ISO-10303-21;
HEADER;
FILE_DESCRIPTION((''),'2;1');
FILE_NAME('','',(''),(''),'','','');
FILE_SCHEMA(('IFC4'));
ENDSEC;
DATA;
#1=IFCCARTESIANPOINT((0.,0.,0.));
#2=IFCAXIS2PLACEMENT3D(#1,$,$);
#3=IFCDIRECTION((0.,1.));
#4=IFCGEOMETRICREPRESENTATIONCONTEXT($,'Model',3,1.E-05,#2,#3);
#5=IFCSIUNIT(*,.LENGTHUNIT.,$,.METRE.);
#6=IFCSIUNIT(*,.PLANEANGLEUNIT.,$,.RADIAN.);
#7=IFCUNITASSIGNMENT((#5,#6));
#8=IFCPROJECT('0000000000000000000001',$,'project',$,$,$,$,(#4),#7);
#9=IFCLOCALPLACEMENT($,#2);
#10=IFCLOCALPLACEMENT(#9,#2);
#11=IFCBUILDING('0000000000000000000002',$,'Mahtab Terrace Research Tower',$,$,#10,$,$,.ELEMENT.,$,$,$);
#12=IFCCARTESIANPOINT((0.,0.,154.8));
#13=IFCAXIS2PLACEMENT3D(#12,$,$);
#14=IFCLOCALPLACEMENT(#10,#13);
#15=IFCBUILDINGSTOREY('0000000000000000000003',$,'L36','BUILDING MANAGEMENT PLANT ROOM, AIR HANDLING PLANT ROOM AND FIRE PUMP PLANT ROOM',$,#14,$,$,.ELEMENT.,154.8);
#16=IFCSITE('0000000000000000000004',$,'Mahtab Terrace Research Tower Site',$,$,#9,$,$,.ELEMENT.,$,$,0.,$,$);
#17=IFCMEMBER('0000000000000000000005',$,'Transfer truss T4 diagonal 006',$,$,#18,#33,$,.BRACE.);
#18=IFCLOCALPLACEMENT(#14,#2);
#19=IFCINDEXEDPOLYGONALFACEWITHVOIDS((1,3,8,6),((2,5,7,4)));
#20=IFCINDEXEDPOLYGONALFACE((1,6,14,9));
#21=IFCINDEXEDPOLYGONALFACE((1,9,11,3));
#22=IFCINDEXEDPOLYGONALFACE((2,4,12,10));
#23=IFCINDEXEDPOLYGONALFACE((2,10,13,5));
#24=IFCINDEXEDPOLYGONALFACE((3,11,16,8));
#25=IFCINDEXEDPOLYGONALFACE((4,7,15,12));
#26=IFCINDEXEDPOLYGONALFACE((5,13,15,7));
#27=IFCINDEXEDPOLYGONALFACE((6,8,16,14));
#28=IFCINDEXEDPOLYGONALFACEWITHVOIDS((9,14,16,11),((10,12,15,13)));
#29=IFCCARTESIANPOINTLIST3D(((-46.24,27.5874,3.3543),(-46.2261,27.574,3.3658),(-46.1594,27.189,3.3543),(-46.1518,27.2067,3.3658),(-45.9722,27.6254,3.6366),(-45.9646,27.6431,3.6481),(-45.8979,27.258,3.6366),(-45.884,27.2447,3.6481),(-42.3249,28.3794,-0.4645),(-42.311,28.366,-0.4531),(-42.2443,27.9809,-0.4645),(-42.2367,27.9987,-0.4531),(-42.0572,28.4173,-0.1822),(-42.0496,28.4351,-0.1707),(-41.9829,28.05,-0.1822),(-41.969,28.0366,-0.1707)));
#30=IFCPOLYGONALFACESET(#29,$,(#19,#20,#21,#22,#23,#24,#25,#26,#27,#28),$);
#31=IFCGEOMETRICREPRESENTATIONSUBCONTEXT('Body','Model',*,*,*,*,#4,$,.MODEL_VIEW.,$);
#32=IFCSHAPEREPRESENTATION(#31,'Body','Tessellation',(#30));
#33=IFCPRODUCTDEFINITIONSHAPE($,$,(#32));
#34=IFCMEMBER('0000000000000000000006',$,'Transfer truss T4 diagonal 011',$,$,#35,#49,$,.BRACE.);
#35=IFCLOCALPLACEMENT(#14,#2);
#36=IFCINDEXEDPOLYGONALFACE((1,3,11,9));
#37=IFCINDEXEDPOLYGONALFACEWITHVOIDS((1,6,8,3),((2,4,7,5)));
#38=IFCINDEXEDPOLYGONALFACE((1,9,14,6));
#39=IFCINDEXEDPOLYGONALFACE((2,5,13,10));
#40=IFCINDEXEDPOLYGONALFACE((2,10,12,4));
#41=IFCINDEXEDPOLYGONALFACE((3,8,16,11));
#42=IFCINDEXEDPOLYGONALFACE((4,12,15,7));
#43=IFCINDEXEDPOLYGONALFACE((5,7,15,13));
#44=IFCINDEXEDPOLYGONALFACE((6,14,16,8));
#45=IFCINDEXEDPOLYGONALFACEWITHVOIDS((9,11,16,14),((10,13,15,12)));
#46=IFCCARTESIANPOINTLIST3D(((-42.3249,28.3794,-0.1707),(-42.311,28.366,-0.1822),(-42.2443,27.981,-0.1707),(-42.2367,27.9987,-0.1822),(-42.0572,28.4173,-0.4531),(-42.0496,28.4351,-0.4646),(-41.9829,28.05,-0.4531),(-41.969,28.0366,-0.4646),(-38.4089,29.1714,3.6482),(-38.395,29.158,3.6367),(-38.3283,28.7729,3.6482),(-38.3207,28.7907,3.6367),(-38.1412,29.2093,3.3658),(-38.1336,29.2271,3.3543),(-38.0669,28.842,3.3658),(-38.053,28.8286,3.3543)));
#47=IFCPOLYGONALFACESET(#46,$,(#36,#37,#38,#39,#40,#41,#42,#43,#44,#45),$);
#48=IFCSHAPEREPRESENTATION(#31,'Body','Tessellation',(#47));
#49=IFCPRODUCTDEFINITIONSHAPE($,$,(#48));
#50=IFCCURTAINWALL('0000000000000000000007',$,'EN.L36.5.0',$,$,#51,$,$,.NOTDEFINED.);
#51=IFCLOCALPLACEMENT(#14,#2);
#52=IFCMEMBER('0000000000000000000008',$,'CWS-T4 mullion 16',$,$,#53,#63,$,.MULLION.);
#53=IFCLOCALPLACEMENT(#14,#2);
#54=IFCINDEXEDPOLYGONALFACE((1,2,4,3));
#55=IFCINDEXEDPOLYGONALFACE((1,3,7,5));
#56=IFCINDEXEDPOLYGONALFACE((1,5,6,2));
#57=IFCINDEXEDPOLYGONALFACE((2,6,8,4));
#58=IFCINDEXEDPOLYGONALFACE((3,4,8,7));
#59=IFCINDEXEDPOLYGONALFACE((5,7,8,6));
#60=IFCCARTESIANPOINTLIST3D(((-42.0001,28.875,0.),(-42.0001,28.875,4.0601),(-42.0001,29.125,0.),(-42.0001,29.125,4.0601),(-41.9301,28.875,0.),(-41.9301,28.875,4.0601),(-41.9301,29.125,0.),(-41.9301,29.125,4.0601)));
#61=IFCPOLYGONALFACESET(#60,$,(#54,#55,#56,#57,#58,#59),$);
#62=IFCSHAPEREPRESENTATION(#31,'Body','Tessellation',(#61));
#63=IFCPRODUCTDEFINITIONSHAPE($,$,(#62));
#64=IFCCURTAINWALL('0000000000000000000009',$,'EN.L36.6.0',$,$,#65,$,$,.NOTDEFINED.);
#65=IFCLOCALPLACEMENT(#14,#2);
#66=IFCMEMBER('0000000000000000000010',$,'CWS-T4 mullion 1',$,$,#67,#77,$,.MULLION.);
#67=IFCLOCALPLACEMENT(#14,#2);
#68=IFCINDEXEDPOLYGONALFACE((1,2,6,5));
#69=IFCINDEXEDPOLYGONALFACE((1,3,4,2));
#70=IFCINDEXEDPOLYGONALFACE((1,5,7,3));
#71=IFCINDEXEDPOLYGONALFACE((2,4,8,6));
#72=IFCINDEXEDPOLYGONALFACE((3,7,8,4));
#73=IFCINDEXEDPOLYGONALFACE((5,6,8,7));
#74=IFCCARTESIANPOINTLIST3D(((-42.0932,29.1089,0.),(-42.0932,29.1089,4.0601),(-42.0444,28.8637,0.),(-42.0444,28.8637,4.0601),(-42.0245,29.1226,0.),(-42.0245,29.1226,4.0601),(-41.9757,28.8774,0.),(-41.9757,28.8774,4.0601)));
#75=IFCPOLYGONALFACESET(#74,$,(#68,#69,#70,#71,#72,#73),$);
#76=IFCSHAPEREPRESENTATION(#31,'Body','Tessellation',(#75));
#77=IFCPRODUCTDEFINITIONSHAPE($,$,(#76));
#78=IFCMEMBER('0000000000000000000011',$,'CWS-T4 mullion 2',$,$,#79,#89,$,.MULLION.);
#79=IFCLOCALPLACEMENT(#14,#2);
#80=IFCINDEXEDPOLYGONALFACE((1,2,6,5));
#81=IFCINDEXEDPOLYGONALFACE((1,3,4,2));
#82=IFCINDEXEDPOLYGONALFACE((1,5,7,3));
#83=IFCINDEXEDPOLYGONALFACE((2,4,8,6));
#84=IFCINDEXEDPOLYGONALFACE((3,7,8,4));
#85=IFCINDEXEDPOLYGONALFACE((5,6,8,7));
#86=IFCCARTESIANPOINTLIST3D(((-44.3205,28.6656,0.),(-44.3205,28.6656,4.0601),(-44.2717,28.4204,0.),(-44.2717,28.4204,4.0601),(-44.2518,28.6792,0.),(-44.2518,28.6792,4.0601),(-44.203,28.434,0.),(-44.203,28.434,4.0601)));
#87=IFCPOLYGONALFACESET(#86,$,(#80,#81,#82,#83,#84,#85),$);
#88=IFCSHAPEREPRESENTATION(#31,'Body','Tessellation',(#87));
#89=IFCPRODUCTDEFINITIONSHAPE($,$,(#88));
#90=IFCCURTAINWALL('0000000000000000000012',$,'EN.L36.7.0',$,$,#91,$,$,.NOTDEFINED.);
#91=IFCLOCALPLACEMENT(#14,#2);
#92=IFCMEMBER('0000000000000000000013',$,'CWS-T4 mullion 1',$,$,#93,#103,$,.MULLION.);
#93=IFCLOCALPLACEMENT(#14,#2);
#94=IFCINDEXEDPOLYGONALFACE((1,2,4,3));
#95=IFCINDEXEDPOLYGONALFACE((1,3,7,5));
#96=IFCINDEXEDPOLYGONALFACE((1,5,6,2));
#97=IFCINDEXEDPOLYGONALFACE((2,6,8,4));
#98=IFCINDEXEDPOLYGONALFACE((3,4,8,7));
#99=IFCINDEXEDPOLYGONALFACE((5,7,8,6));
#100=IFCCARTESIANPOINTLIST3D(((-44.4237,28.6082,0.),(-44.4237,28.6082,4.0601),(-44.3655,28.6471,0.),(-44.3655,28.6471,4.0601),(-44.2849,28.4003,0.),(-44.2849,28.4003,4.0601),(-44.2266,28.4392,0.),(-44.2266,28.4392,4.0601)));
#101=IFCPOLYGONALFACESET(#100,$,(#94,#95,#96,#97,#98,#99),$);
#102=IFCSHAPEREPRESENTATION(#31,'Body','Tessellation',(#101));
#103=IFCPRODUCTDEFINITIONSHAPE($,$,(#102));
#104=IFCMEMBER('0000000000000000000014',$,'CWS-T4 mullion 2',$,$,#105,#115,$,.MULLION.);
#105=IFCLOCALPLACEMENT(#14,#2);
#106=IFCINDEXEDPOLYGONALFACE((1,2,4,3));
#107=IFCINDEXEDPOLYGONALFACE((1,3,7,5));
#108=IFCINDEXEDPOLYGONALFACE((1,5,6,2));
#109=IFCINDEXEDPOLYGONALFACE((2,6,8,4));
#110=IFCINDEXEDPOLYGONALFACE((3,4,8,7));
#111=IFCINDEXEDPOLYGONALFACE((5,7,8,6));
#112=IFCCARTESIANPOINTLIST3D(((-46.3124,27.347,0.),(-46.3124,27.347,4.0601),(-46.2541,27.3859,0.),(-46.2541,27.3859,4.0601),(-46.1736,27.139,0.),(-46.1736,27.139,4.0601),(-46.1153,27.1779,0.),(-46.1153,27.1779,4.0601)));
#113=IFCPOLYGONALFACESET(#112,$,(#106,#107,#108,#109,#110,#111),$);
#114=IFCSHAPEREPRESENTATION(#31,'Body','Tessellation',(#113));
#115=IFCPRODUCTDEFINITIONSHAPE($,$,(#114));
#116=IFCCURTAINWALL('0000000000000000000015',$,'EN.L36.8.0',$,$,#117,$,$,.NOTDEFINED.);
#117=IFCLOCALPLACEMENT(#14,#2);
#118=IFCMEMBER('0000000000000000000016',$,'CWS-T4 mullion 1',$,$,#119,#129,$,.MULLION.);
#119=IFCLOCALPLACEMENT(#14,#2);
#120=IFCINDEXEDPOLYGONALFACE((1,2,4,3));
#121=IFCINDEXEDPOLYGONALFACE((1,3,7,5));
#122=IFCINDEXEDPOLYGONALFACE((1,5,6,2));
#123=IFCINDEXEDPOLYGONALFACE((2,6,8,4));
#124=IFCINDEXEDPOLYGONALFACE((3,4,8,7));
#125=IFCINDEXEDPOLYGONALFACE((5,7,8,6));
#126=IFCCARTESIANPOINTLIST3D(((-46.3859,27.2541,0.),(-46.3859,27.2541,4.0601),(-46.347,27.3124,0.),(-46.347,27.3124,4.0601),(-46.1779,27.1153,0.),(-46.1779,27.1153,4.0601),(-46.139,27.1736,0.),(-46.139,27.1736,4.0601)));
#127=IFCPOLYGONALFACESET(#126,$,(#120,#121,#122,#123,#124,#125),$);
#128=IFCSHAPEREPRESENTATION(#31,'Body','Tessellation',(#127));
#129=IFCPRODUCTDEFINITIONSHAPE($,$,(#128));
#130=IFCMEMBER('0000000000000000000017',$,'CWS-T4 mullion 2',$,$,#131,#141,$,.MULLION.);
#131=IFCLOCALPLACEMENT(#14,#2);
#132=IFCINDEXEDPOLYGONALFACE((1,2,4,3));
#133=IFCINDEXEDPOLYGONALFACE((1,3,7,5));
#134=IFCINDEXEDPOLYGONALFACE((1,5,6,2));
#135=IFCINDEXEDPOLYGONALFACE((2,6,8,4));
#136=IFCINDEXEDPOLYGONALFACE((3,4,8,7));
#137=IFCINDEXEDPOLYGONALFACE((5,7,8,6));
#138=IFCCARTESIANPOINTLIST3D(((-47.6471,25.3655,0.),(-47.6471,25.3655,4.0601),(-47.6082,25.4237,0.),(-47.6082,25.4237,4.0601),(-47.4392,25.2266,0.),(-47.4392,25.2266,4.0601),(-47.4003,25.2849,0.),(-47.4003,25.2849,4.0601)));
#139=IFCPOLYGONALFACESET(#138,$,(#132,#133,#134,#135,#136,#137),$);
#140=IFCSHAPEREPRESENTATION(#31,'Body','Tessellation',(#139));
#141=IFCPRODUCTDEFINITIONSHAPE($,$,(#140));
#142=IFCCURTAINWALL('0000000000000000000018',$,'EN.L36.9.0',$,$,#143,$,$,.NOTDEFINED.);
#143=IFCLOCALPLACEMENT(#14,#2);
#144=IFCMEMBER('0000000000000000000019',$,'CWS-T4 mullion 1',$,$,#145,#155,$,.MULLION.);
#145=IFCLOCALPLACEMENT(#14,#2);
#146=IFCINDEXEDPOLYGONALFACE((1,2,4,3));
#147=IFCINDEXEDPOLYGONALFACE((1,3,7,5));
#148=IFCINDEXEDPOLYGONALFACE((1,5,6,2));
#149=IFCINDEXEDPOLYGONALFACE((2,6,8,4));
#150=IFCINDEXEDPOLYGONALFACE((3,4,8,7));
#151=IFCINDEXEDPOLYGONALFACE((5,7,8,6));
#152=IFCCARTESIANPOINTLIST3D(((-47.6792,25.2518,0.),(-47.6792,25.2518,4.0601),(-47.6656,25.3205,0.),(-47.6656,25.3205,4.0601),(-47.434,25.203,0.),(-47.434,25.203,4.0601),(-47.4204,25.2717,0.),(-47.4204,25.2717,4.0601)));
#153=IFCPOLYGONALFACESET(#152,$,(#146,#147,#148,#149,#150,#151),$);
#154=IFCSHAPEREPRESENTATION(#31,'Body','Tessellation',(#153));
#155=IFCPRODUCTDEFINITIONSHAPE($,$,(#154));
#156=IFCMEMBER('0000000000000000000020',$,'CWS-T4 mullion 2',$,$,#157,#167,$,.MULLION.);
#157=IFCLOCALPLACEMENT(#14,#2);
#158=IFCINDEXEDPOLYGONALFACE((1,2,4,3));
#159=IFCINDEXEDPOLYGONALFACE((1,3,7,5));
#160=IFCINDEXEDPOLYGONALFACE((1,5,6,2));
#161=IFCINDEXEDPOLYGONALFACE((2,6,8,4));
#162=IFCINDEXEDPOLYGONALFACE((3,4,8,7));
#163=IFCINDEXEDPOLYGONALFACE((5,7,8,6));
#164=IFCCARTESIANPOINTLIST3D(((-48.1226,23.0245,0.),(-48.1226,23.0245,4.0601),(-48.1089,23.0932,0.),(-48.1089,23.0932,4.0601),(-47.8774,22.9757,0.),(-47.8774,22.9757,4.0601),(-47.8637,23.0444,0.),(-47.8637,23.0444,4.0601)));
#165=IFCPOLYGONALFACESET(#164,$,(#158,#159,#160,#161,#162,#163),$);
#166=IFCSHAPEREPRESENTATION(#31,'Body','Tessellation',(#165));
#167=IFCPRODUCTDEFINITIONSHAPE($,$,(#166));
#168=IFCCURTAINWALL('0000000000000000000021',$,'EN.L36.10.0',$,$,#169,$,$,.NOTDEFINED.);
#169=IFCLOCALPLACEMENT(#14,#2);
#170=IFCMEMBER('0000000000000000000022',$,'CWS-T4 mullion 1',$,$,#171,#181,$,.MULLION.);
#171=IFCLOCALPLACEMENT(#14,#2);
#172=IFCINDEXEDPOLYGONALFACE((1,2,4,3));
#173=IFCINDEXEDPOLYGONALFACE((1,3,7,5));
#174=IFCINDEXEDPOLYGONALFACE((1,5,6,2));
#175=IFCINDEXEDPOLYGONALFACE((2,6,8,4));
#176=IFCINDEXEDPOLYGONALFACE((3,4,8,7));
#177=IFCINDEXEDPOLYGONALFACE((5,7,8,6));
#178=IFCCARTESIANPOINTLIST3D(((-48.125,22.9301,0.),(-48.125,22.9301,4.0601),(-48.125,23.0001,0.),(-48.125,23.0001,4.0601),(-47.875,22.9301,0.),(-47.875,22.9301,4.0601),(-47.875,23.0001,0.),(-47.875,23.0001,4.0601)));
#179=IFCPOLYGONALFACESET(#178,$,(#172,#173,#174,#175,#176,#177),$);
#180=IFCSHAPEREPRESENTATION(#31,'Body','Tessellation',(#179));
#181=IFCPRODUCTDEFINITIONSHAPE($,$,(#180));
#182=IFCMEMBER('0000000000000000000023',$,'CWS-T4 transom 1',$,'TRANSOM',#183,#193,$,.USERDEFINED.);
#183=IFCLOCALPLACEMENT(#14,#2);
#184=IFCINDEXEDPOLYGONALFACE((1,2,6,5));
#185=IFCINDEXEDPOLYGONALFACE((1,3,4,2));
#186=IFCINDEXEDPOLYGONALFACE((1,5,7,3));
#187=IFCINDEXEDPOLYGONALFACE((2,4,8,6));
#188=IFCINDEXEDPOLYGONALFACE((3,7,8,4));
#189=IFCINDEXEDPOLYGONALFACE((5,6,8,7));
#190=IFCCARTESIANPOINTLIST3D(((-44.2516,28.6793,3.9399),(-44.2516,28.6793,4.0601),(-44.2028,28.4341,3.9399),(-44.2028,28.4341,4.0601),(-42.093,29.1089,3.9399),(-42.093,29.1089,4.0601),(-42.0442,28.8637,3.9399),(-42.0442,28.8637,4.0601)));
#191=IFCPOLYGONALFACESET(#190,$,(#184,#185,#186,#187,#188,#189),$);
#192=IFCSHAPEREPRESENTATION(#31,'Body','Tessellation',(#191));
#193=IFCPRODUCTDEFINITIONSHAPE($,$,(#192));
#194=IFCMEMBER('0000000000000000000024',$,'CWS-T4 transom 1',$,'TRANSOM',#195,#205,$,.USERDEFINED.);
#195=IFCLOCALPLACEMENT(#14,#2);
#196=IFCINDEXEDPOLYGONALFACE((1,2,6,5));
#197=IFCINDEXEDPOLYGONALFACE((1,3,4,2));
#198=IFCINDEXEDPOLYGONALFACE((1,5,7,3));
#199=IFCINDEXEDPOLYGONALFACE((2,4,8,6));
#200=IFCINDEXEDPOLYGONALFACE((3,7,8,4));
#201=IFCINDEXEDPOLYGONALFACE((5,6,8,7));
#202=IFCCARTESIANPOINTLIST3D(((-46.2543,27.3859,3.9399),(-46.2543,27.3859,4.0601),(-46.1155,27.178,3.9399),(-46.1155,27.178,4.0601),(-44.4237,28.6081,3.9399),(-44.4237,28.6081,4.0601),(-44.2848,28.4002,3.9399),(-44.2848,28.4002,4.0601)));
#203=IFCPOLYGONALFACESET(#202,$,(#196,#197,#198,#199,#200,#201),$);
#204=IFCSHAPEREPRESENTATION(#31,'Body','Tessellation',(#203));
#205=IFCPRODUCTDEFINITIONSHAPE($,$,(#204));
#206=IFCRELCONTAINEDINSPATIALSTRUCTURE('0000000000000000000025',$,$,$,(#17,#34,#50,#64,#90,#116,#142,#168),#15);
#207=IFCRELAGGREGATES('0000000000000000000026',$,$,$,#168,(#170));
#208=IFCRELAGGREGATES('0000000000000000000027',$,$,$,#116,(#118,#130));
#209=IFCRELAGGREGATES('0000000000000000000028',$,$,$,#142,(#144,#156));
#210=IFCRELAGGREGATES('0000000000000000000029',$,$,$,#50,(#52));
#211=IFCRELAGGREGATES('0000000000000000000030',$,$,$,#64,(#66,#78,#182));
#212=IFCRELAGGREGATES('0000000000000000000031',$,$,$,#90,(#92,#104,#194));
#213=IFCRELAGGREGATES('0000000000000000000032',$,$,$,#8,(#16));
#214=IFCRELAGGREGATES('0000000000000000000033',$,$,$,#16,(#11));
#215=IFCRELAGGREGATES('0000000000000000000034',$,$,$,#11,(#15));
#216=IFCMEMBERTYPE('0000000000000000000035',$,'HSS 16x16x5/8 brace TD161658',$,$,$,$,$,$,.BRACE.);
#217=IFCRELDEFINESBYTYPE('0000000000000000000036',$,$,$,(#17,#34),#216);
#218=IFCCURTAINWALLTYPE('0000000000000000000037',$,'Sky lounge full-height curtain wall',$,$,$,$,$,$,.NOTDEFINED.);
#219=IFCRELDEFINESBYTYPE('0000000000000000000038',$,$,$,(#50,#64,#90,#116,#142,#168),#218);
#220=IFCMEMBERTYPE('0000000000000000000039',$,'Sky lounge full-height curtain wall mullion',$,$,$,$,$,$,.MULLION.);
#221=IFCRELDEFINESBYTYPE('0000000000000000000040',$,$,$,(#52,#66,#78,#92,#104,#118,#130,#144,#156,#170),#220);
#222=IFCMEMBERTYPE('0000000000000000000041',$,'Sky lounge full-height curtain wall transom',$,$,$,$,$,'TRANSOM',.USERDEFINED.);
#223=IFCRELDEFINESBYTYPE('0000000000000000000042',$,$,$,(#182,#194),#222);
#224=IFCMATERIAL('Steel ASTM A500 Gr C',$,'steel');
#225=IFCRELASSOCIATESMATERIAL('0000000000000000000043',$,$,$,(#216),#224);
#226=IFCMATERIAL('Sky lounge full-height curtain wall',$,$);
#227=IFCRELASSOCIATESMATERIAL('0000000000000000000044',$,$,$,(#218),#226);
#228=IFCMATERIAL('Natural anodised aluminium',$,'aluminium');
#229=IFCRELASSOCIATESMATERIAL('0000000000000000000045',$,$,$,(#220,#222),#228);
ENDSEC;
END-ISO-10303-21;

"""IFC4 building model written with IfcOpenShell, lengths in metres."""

from ifc_helpers import new_model, si_unit, direction, frame, origin, origin_2d, place, context, subcontext, project, spatial, rectangle, hollow_rectangle, extrude, material, material_profile, profile_set, type_object, element, aggregate, save


model = new_model("IFC4")

# Units and contexts
model_context = context("Model", 3, precision=1e-05, world=origin(), true_north=direction((0.0, 1.0)))
body_context = subcontext(model_context, "Body", "Model", "MODEL_VIEW")
ifc_project = project(units=[si_unit("LENGTHUNIT", "METRE"), si_unit("PLANEANGLEUNIT", "RADIAN")], contexts=[model_context])

# Site, building, storey
site_placement = place(None, origin())
site = spatial("IfcSite", under=ifc_project, at=site_placement, Name="Mahtab Terrace Research Tower Site", CompositionType="ELEMENT", RefElevation=0.0)
building_placement = place(site_placement, origin())
building = spatial("IfcBuilding", under=site, at=building_placement, Name="Mahtab Terrace Research Tower", CompositionType="ELEMENT")
storey_placement = place(building_placement, frame((0.0, 0.0, 154.8)))
storey = spatial("IfcBuildingStorey", under=building, at=storey_placement, Name="L36", Description="BUILDING MANAGEMENT PLANT ROOM, AIR HANDLING PLANT ROOM AND FIRE PUMP PLANT ROOM", CompositionType="ELEMENT", Elevation=154.8)

# Members
ifc_material_1 = material(Name="Steel ASTM A500 Gr C", Category="steel")
ifc_material_profile_1 = material_profile(ifc_material_1, hollow_rectangle(XDim=0.4065, YDim=0.4065, WallThickness=0.0159, at=origin_2d()), Name="HSS16X16X5/8")
ifc_profile_set_1 = profile_set([ifc_material_profile_1], Name="Steel ASTM A500 Gr C")
member_type_1 = type_object("IfcMemberType", Name="HSS 16x16x5/8 brace TD161658", PredefinedType="BRACE", material=ifc_profile_set_1)
member_1_placement = place(storey_placement, frame((-42.147, 28.208, -0.3176), z_axis=(-0.708456, -0.143317, 0.69105), x_axis=(0.198278, -0.980146, 0.0)))
element("IfcMember", 1, at=member_1_placement, inside=storey, type_object=member_type_1, Name="Transfer truss T4 diagonal 006", PredefinedType="BRACE", context=body_context, shape_type="SweptSolid", body=[
    extrude(hollow_rectangle(XDim=0.4065, YDim=0.4065, WallThickness=0.0159, at=origin_2d()), origin(), (0.0, 0.0, 1.0), 5.5261),
])
member_2_placement = place(storey_placement, frame((-42.147, 28.208, -0.3176), z_axis=(0.708544, 0.143299, 0.690963), x_axis=(-0.198231, 0.980155, 0.0)))
element("IfcMember", 2, at=member_2_placement, inside=storey, type_object=member_type_1, Name="Transfer truss T4 diagonal 011", PredefinedType="BRACE", context=body_context, shape_type="SweptSolid", body=[
    extrude(hollow_rectangle(XDim=0.4065, YDim=0.4065, WallThickness=0.0159, at=origin_2d()), origin(), (0.0, 0.0, 1.0), 5.5269),
])

# Curtain wall, member
ifc_material_2 = material(Name="Sky lounge full-height curtain wall")
curtain_wall_type = type_object("IfcCurtainWallType", Name="Sky lounge full-height curtain wall", PredefinedType="NOTDEFINED", material=ifc_material_2)
curtain_wall_1_placement = place(storey_placement, origin())
curtain_wall_1 = element("IfcCurtainWall", 3, at=curtain_wall_1_placement, inside=storey, type_object=curtain_wall_type, Name="EN.L36.5.0", PredefinedType="NOTDEFINED")
ifc_material_3 = material(Name="Natural anodised aluminium", Category="aluminium")
ifc_material_profile_2 = material_profile(ifc_material_3, rectangle(XDim=0.25, YDim=0.0701, at=origin_2d()), Name="MULLION 70x250")
ifc_profile_set_2 = profile_set([ifc_material_profile_2], Name="Natural anodised aluminium")
member_type_2 = type_object("IfcMemberType", Name="Sky lounge full-height curtain wall mullion", PredefinedType="MULLION", material=ifc_profile_set_2)
member_3_placement = place(storey_placement, frame((-41.9651, 29.0, 0.0), z_axis=(0.0, 0.0, 1.0), x_axis=(0.0, -1.0, 0.0)))
member_3 = element("IfcMember", 4, at=member_3_placement, type_object=member_type_2, Name="CWS-T4 mullion 16", PredefinedType="MULLION", context=body_context, shape_type="SweptSolid", body=[
    extrude(rectangle(XDim=0.25, YDim=0.0701, at=origin_2d()), origin(), (0.0, 0.0, 1.0), 4.0601),
])

# Curtain walls, members
curtain_wall_2_placement = place(storey_placement, origin())
curtain_wall_2 = element("IfcCurtainWall", 5, at=curtain_wall_2_placement, inside=storey, type_object=curtain_wall_type, Name="EN.L36.6.0", PredefinedType="NOTDEFINED")
member_4_placement = place(storey_placement, frame((-42.0344, 28.9932, 0.0), z_axis=(0.0, 0.0, 1.0), x_axis=(0.195212, -0.980761, 0.0)))
member_4 = element("IfcMember", 6, at=member_4_placement, type_object=member_type_2, Name="CWS-T4 mullion 1", PredefinedType="MULLION", context=body_context, shape_type="SweptSolid", body=[
    extrude(rectangle(XDim=0.25, YDim=0.0701, at=origin_2d()), origin(), (0.0, 0.0, 1.0), 4.0601),
])
member_5_placement = place(storey_placement, frame((-44.2617, 28.5498, 0.0), z_axis=(0.0, 0.0, 1.0), x_axis=(0.195212, -0.980761, 0.0)))
member_5 = element("IfcMember", 7, at=member_5_placement, type_object=member_type_2, Name="CWS-T4 mullion 2", PredefinedType="MULLION", context=body_context, shape_type="SweptSolid", body=[
    extrude(rectangle(XDim=0.25, YDim=0.0701, at=origin_2d()), origin(), (0.0, 0.0, 1.0), 4.0601),
])
curtain_wall_3_placement = place(storey_placement, origin())
curtain_wall_3 = element("IfcCurtainWall", 8, at=curtain_wall_3_placement, inside=storey, type_object=curtain_wall_type, Name="EN.L36.7.0", PredefinedType="NOTDEFINED")
member_6_placement = place(storey_placement, frame((-44.3252, 28.5237, 0.0), z_axis=(0.0, 0.0, 1.0), x_axis=(0.555291, -0.831656, 0.0)))
member_6 = element("IfcMember", 9, at=member_6_placement, type_object=member_type_2, Name="CWS-T4 mullion 1", PredefinedType="MULLION", context=body_context, shape_type="SweptSolid", body=[
    extrude(rectangle(XDim=0.25, YDim=0.0701, at=origin_2d()), origin(), (0.0, 0.0, 1.0), 4.0601),
])
member_7_placement = place(storey_placement, frame((-46.2139, 27.2625, 0.0), z_axis=(0.0, 0.0, 1.0), x_axis=(0.555291, -0.831656, 0.0)))
member_7 = element("IfcMember", 10, at=member_7_placement, type_object=member_type_2, Name="CWS-T4 mullion 2", PredefinedType="MULLION", context=body_context, shape_type="SweptSolid", body=[
    extrude(rectangle(XDim=0.25, YDim=0.0701, at=origin_2d()), origin(), (0.0, 0.0, 1.0), 4.0601),
])
curtain_wall_4_placement = place(storey_placement, origin())
curtain_wall_4 = element("IfcCurtainWall", 11, at=curtain_wall_4_placement, inside=storey, type_object=curtain_wall_type, Name="EN.L36.8.0", PredefinedType="NOTDEFINED")
member_8_placement = place(storey_placement, frame((-46.2625, 27.2139, 0.0), z_axis=(0.0, 0.0, 1.0), x_axis=(0.831656, -0.555291, 0.0)))
member_8 = element("IfcMember", 12, at=member_8_placement, type_object=member_type_2, Name="CWS-T4 mullion 1", PredefinedType="MULLION", context=body_context, shape_type="SweptSolid", body=[
    extrude(rectangle(XDim=0.25, YDim=0.0701, at=origin_2d()), origin(), (0.0, 0.0, 1.0), 4.0601),
])
member_9_placement = place(storey_placement, frame((-47.5237, 25.3252, 0.0), z_axis=(0.0, 0.0, 1.0), x_axis=(0.831656, -0.555291, 0.0)))
member_9 = element("IfcMember", 13, at=member_9_placement, type_object=member_type_2, Name="CWS-T4 mullion 2", PredefinedType="MULLION", context=body_context, shape_type="SweptSolid", body=[
    extrude(rectangle(XDim=0.25, YDim=0.0701, at=origin_2d()), origin(), (0.0, 0.0, 1.0), 4.0601),
])
curtain_wall_5_placement = place(storey_placement, origin())
curtain_wall_5 = element("IfcCurtainWall", 14, at=curtain_wall_5_placement, inside=storey, type_object=curtain_wall_type, Name="EN.L36.9.0", PredefinedType="NOTDEFINED")
member_10_placement = place(storey_placement, frame((-47.5498, 25.2617, 0.0), z_axis=(0.0, 0.0, 1.0), x_axis=(0.980761, -0.195212, 0.0)))
member_10 = element("IfcMember", 15, at=member_10_placement, type_object=member_type_2, Name="CWS-T4 mullion 1", PredefinedType="MULLION", context=body_context, shape_type="SweptSolid", body=[
    extrude(rectangle(XDim=0.25, YDim=0.0701, at=origin_2d()), origin(), (0.0, 0.0, 1.0), 4.0601),
])
member_11_placement = place(storey_placement, frame((-47.9932, 23.0344, 0.0), z_axis=(0.0, 0.0, 1.0), x_axis=(0.980761, -0.195212, 0.0)))
member_11 = element("IfcMember", 16, at=member_11_placement, type_object=member_type_2, Name="CWS-T4 mullion 2", PredefinedType="MULLION", context=body_context, shape_type="SweptSolid", body=[
    extrude(rectangle(XDim=0.25, YDim=0.0701, at=origin_2d()), origin(), (0.0, 0.0, 1.0), 4.0601),
])

# Curtain wall, member
curtain_wall_6_placement = place(storey_placement, origin())
curtain_wall_6 = element("IfcCurtainWall", 17, at=curtain_wall_6_placement, inside=storey, type_object=curtain_wall_type, Name="EN.L36.10.0", PredefinedType="NOTDEFINED")
member_12_placement = place(storey_placement, frame((-48.0, 22.9651, 0.0), z_axis=(0.0, 0.0, 1.0), x_axis=(1.0, 0.0, 0.0)))
member_12 = element("IfcMember", 18, at=member_12_placement, type_object=member_type_2, Name="CWS-T4 mullion 1", PredefinedType="MULLION", context=body_context, shape_type="SweptSolid", body=[
    extrude(rectangle(XDim=0.25, YDim=0.0701, at=origin_2d()), origin(), (0.0, 0.0, 1.0), 4.0601),
])

# Members
ifc_material_profile_3 = material_profile(ifc_material_3, rectangle(XDim=0.25, YDim=0.1201, at=origin_2d()), Name="TRANSOM 120x250")
ifc_profile_set_3 = profile_set([ifc_material_profile_3], Name="Natural anodised aluminium")
member_type_3 = type_object("IfcMemberType", Name="Sky lounge full-height curtain wall transom", ElementType="TRANSOM", PredefinedType="USERDEFINED", material=ifc_profile_set_3)
member_13_placement = place(storey_placement, frame((-42.0686, 28.9863, 4.0), z_axis=(-0.980759, -0.19522, 0.0), x_axis=(0.19522, -0.980759, 0.0)))
member_13 = element("IfcMember", 19, at=member_13_placement, type_object=member_type_3, Name="CWS-T4 transom 1", ObjectType="TRANSOM", PredefinedType="USERDEFINED", context=body_context, shape_type="SweptSolid", body=[
    extrude(rectangle(XDim=0.25, YDim=0.1201, at=origin_2d()), origin(), (0.0, 0.0, 1.0), 2.2009),
])
member_14_placement = place(storey_placement, frame((-44.3542, 28.5042, 4.0), z_axis=(-0.831675, -0.555263, 0.0), x_axis=(0.555263, -0.831675, 0.0)))
member_14 = element("IfcMember", 20, at=member_14_placement, type_object=member_type_3, Name="CWS-T4 transom 1", ObjectType="TRANSOM", PredefinedType="USERDEFINED", context=body_context, shape_type="SweptSolid", body=[
    extrude(rectangle(XDim=0.25, YDim=0.1201, at=origin_2d()), origin(), (0.0, 0.0, 1.0), 2.2012),
])
aggregate(curtain_wall_6, [member_12])

aggregate(curtain_wall_4, [member_8, member_9])
aggregate(curtain_wall_5, [member_10, member_11])
aggregate(curtain_wall_1, [member_3])
aggregate(curtain_wall_2, [member_4, member_5, member_13])
aggregate(curtain_wall_3, [member_6, member_7, member_14])

save(model, "model.ifc")
